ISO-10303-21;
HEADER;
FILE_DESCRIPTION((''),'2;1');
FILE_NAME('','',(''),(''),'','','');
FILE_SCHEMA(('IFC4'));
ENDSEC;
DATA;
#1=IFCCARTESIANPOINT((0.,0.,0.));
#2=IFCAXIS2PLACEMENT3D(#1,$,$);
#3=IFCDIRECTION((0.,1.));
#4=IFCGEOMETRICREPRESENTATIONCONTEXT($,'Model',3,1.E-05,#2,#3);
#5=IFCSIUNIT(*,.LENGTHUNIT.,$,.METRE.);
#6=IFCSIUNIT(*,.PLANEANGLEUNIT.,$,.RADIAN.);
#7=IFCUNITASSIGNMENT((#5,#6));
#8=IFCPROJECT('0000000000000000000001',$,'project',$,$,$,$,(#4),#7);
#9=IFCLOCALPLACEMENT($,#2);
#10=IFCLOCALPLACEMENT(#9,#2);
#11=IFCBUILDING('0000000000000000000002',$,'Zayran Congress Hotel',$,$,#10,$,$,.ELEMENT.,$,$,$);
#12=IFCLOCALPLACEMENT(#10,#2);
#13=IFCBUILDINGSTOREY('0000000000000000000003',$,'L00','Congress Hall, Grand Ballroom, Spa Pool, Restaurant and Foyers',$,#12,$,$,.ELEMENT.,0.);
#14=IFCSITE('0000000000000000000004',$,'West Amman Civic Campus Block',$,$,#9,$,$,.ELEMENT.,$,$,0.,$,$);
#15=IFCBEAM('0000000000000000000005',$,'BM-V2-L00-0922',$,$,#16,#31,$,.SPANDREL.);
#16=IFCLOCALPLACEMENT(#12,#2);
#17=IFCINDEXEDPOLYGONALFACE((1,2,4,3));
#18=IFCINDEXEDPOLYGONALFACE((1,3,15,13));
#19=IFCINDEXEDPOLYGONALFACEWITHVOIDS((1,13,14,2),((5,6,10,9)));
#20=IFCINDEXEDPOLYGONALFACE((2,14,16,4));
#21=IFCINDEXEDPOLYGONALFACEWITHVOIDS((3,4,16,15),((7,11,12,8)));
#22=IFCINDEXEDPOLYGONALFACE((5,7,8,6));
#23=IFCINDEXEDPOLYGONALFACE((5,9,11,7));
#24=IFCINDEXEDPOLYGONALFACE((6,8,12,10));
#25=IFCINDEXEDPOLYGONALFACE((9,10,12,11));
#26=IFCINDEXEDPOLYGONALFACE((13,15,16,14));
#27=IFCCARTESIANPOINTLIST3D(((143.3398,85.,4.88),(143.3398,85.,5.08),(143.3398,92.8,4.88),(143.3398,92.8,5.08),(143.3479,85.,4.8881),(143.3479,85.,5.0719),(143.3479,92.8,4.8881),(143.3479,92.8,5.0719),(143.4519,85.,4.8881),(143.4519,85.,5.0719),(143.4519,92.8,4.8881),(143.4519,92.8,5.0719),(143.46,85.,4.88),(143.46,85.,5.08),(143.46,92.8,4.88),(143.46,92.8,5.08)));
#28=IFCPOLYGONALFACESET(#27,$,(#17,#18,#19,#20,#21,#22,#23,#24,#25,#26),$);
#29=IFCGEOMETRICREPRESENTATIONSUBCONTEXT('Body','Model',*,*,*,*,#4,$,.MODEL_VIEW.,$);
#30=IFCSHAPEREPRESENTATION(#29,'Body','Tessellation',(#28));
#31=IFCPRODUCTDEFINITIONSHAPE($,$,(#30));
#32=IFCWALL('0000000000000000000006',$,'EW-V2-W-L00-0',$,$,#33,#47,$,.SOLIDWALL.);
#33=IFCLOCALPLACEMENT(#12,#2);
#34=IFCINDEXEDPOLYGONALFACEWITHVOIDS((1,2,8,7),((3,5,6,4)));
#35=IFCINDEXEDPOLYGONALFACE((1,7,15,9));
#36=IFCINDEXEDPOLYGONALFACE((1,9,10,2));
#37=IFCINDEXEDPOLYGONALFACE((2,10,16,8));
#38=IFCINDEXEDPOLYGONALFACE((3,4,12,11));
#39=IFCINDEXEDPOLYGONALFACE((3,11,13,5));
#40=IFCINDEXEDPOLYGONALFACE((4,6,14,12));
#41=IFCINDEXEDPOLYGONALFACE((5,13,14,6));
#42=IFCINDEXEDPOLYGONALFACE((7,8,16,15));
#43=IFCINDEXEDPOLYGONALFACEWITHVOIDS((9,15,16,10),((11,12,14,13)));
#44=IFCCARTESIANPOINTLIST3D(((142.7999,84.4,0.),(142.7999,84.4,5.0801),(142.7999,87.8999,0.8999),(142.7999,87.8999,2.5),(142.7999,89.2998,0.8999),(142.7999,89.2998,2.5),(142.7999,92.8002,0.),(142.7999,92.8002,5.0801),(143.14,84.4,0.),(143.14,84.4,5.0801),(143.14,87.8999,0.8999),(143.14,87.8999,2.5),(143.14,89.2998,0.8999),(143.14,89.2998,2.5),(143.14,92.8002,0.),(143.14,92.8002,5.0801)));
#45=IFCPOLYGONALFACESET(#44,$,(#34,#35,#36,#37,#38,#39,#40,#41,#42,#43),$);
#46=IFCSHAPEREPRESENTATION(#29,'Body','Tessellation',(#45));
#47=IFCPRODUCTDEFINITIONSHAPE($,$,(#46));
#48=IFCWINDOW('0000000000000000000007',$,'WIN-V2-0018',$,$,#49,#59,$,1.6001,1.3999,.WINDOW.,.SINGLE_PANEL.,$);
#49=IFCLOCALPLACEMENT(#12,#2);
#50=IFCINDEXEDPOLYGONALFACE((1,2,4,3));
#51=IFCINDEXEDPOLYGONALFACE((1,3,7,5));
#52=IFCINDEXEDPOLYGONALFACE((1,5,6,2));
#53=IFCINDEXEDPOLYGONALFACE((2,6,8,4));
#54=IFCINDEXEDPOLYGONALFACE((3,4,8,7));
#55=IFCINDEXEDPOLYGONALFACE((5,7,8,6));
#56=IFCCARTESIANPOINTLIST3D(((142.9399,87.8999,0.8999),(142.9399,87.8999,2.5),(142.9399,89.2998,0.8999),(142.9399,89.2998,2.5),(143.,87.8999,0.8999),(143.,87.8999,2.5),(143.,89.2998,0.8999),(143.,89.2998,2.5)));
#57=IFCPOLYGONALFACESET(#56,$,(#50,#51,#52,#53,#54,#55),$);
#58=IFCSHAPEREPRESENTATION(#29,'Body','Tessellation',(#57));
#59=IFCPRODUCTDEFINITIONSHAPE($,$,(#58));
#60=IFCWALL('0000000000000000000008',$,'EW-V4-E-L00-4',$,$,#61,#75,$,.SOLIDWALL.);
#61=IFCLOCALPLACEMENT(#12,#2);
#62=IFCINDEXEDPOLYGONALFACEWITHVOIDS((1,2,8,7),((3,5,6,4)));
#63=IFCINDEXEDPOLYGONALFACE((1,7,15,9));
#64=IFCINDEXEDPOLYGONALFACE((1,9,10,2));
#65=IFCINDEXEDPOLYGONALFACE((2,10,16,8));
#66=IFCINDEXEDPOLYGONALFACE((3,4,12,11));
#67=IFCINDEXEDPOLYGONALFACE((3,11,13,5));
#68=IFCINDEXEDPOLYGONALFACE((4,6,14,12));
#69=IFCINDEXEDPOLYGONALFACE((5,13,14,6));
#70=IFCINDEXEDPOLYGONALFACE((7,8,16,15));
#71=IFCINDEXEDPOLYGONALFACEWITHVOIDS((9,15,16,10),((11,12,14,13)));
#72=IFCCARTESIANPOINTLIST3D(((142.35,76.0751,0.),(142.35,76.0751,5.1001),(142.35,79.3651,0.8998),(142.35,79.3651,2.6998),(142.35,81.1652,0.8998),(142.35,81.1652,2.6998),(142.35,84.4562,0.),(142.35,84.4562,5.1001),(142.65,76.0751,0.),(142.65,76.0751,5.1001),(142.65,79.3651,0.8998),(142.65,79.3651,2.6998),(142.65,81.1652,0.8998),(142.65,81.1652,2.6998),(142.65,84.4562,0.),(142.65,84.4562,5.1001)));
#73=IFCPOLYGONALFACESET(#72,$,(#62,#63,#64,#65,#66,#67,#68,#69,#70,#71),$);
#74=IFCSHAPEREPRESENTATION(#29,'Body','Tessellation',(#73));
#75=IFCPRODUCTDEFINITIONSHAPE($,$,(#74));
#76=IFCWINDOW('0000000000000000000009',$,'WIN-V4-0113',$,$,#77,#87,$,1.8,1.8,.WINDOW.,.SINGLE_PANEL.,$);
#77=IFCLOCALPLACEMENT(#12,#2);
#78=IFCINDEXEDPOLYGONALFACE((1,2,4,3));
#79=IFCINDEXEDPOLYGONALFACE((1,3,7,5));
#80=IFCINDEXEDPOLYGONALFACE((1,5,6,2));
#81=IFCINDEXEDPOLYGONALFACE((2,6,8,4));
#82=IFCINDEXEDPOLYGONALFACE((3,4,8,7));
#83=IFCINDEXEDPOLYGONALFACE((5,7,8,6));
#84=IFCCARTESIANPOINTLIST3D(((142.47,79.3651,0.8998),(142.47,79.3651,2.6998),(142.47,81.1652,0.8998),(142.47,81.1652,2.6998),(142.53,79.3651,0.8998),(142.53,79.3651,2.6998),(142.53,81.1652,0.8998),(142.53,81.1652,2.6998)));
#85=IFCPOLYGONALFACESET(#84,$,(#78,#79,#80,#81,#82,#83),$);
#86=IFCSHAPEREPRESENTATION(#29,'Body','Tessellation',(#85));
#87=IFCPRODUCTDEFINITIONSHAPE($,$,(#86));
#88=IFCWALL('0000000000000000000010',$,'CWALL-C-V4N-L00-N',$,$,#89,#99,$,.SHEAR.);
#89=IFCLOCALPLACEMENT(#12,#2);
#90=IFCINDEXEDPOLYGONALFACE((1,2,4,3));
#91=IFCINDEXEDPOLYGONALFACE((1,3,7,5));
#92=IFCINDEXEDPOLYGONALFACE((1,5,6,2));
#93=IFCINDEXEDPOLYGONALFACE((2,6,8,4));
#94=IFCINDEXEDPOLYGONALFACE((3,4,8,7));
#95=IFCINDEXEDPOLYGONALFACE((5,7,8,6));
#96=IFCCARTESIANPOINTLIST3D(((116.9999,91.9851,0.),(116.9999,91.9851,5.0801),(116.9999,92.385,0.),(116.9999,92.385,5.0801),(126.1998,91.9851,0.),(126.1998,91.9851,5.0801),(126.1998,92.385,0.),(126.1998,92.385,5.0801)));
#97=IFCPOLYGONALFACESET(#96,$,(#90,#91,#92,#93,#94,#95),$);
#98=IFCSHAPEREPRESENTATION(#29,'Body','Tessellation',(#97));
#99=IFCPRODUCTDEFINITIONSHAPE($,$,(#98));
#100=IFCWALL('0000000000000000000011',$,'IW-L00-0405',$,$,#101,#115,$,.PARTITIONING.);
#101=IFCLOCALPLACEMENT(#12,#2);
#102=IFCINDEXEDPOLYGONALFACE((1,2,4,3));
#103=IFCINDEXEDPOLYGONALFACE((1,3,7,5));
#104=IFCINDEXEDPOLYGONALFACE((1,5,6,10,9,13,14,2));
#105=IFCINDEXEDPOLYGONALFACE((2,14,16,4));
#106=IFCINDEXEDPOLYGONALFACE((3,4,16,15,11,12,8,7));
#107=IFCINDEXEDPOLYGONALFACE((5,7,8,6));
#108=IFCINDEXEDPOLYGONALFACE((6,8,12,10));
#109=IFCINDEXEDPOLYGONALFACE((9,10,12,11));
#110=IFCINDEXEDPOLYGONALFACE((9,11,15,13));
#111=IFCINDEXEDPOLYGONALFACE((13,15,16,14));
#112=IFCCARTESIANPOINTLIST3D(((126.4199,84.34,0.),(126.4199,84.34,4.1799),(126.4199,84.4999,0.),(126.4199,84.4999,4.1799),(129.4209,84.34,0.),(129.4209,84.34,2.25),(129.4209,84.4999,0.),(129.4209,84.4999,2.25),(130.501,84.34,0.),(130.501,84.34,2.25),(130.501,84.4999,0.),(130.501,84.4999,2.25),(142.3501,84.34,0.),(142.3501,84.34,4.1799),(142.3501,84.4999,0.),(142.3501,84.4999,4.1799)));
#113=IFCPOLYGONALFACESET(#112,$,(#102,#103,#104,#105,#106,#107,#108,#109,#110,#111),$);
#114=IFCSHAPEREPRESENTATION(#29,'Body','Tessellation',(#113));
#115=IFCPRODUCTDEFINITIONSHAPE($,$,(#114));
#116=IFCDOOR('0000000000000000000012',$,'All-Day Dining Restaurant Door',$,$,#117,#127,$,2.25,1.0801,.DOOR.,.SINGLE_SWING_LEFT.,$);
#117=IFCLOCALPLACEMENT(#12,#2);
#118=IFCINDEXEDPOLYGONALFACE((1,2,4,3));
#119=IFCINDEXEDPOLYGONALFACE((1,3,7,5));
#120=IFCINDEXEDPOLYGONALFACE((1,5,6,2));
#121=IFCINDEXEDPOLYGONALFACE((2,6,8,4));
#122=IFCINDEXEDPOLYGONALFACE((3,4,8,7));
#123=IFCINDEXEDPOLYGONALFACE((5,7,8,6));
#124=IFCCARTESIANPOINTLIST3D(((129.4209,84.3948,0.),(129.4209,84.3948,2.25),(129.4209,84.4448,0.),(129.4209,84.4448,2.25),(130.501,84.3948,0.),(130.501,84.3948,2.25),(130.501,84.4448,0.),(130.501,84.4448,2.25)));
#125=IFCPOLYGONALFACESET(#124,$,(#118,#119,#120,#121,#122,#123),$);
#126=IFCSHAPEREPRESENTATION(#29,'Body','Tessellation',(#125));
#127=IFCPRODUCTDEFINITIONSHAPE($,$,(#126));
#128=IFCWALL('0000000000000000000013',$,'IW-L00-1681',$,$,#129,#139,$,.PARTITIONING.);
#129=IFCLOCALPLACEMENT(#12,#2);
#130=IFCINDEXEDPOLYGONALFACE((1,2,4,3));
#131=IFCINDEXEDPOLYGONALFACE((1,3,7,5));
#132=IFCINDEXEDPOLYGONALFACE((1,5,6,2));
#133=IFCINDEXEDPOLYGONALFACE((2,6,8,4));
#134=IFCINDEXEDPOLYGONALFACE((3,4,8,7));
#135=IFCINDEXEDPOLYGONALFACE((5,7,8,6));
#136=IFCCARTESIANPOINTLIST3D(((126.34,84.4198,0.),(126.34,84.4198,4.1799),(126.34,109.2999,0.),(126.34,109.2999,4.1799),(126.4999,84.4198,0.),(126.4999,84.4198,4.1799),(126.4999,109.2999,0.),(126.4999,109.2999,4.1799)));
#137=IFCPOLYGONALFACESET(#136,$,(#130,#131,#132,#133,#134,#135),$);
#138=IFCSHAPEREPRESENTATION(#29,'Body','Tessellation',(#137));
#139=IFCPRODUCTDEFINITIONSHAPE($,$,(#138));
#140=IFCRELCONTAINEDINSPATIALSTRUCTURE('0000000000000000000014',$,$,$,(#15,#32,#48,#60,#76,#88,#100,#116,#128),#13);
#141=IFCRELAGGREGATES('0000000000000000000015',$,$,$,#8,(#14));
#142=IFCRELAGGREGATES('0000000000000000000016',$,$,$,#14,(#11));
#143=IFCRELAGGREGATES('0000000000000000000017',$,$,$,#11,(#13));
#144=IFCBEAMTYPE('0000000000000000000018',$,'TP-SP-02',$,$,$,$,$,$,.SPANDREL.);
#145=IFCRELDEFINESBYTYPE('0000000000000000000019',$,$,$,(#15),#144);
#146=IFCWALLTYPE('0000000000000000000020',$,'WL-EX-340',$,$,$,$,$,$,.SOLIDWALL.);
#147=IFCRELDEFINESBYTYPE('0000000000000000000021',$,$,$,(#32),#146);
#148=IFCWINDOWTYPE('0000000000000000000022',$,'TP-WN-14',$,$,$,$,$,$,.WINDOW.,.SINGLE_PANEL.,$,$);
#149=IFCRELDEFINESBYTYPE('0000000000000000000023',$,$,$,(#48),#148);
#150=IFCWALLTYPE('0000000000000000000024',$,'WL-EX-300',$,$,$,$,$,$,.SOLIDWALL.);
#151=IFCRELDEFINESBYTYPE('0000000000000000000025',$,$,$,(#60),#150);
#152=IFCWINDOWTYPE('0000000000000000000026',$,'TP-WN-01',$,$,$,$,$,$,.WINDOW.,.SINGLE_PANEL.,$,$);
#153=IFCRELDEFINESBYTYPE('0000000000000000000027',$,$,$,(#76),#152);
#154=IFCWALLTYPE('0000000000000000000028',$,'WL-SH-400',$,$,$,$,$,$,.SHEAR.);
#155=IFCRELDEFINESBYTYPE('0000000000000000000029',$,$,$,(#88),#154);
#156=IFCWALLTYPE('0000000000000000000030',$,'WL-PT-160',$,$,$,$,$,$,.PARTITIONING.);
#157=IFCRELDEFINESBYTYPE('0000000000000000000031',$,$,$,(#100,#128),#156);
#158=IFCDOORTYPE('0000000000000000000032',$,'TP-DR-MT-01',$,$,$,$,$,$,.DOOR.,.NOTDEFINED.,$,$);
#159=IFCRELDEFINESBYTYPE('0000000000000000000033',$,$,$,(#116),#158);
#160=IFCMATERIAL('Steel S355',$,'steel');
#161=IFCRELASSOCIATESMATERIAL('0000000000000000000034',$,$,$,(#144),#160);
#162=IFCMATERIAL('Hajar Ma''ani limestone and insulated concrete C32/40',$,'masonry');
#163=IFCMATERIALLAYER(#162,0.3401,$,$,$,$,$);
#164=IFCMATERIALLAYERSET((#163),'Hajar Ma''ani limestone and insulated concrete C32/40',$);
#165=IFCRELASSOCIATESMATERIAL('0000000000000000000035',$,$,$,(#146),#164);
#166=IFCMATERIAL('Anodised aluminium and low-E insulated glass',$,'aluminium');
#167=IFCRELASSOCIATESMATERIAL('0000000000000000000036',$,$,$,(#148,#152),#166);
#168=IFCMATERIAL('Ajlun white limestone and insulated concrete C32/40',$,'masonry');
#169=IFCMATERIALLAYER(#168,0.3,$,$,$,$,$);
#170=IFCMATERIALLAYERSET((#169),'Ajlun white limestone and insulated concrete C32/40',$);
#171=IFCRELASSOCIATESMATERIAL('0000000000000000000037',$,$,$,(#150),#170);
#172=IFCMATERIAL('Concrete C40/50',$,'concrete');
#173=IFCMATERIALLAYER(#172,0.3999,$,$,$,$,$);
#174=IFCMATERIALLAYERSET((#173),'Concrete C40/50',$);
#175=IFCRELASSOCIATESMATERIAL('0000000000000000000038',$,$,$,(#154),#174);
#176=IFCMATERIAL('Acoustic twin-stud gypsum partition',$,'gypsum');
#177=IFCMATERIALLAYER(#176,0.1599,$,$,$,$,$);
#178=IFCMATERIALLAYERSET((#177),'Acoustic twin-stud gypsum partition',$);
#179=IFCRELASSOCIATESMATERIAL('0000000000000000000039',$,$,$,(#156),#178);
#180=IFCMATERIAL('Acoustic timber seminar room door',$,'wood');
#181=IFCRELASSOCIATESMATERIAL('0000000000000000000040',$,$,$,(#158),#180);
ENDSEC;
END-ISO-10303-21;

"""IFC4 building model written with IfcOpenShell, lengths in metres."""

from ifc_helpers import new_model, si_unit, direction, frame, frame_2d, origin, origin_2d, place, context, subcontext, project, spatial, rectangle, hollow_rectangle, extrude, material, layer, layer_set, material_profile, profile_set, type_object, element, fill, save


model = new_model("IFC4")

# Units and contexts
model_context = context("Model", 3, precision=1e-05, world=origin(), true_north=direction((0.0, 1.0)))
body_context = subcontext(model_context, "Body", "Model", "MODEL_VIEW")
ifc_project = project(units=[si_unit("LENGTHUNIT", "METRE"), si_unit("PLANEANGLEUNIT", "RADIAN")], contexts=[model_context])

# Site, building, storey
site_placement = place(None, origin())
site = spatial("IfcSite", under=ifc_project, at=site_placement, Name="West Amman Civic Campus Block", CompositionType="ELEMENT", RefElevation=0.0)
building_placement = place(site_placement, origin())
building = spatial("IfcBuilding", under=site, at=building_placement, Name="Zayran Congress Hotel", CompositionType="ELEMENT")
storey_placement = place(building_placement, origin())
storey = spatial("IfcBuildingStorey", under=building, at=storey_placement, Name="L00", Description="Congress Hall, Grand Ballroom, Spa Pool, Restaurant and Foyers", CompositionType="ELEMENT", Elevation=0.0)

# Shared definitions
ifc_material_1 = material(Name="Concrete C40/50", Category="concrete")

# Beam
ifc_material_2 = material(Name="Steel S355", Category="steel")
ifc_material_profile_1 = material_profile(ifc_material_2, hollow_rectangle(XDim=0.1201, YDim=0.2, WallThickness=0.0081, at=origin_2d()), Name="RHS 200x120x8")
ifc_profile_set_1 = profile_set([ifc_material_profile_1], Name="Steel S355")
beam_type_1 = type_object("IfcBeamType", Name="TP-SP-02", PredefinedType="SPANDREL", material=ifc_profile_set_1)
for number, where, z_axis, x_axis, name in (
    (1, (143.3999, 85.0, 4.98), (0.0, 1.0, 0.0), (-1.0, 0.0, 0.0), "BM-V2-L00-0922"),
):
    element("IfcBeam", number, at=place(storey_placement, frame(where, z_axis=z_axis, x_axis=x_axis)), inside=storey, type_object=beam_type_1, Name=name, PredefinedType="SPANDREL", context=body_context, shape_type="SweptSolid", body=[
        extrude(hollow_rectangle(XDim=0.1201, YDim=0.2, WallThickness=0.0081, at=origin_2d()), origin(), (0.0, 0.0, 1.0), 7.8),
    ])

# Walls, openings, windows
ifc_material_3 = material(Name="Hajar Ma'ani limestone and insulated concrete C32/40", Category="masonry")
ifc_layer_1 = layer(ifc_material_3, 0.3401)
ifc_layer_set_1 = layer_set([ifc_layer_1], Name="Hajar Ma'ani limestone and insulated concrete C32/40")
wall_type_1 = type_object("IfcWallType", Name="WL-EX-340", PredefinedType="SOLIDWALL", material=ifc_layer_set_1)
wall_1_placement = place(storey_placement, frame((142.97, 84.3999, 0.0), z_axis=(0.0, 0.0, 1.0), x_axis=(0.0, 1.0, 0.0)))
wall_1 = element("IfcWall", 2, at=wall_1_placement, inside=storey, type_object=wall_type_1, Name="EW-V2-W-L00-0", PredefinedType="SOLIDWALL", context=body_context, shape_type="SweptSolid", body=[
    extrude(rectangle(XDim=8.4001, YDim=0.3401, at=frame_2d((4.2002, 0.0))), origin(), (0.0, 0.0, 1.0), 5.0801),
])
opening_1_placement = place(wall_1_placement, frame((3.5, 0.0, 0.8999)))
opening_1 = element("IfcOpeningElement", 3, at=opening_1_placement, cuts=wall_1, PredefinedType="OPENING", context=body_context, shape_type="SweptSolid", body=[
    extrude(rectangle(XDim=1.3999, YDim=1.6001, at=frame_2d((0.7, 0.8))), frame((0.0, 0.1799, 0.0), z_axis=(0.0, -1.0, 0.0), x_axis=(1.0, 0.0, 0.0)), (0.0, 0.0, 1.0), 0.3601),
])
ifc_material_4 = material(Name="Anodised aluminium and low-E insulated glass", Category="aluminium")
window_type_1 = type_object("IfcWindowType", Name="TP-WN-14", PartitioningType="SINGLE_PANEL", PredefinedType="WINDOW", material=ifc_material_4)
window_1_placement = place(opening_1_placement, origin())
window_1 = element("IfcWindow", 4, at=window_1_placement, inside=storey, type_object=window_type_1, Name="WIN-V2-0018", OverallHeight=1.6001, OverallWidth=1.3999, PartitioningType="SINGLE_PANEL", PredefinedType="WINDOW", context=body_context, shape_type="SweptSolid", body=[
    extrude(rectangle(XDim=1.3999, YDim=1.6001, at=frame_2d((0.7, 0.8))), frame((0.0, 0.03, 0.0), z_axis=(0.0, -1.0, 0.0), x_axis=(1.0, 0.0, 0.0)), (0.0, 0.0, 1.0), 0.0601),
])
fill(opening_1, window_1)
ifc_material_5 = material(Name="Ajlun white limestone and insulated concrete C32/40", Category="masonry")
ifc_layer_2 = layer(ifc_material_5, 0.3)
ifc_layer_set_2 = layer_set([ifc_layer_2], Name="Ajlun white limestone and insulated concrete C32/40")
wall_type_2 = type_object("IfcWallType", Name="WL-EX-300", PredefinedType="SOLIDWALL", material=ifc_layer_set_2)
wall_2_placement = place(storey_placement, frame((142.5, 84.4561, 0.0), z_axis=(0.0, 0.0, 1.0), x_axis=(0.0, -1.0, 0.0)))
wall_2 = element("IfcWall", 5, at=wall_2_placement, inside=storey, type_object=wall_type_2, Name="EW-V4-E-L00-4", PredefinedType="SOLIDWALL", context=body_context, shape_type="SweptSolid", body=[
    extrude(rectangle(XDim=8.3811, YDim=0.3, at=frame_2d((4.1904, 0.0))), origin(), (0.0, 0.0, 1.0), 5.1001),
])
opening_2_placement = place(wall_2_placement, frame((3.291, 0.0, 0.8999)))
opening_2 = element("IfcOpeningElement", 6, at=opening_2_placement, cuts=wall_2, PredefinedType="OPENING", context=body_context, shape_type="SweptSolid", body=[
    extrude(rectangle(XDim=1.8, YDim=1.8, at=frame_2d((0.8999, 0.8999))), frame((0.0, 0.1599, 0.0), z_axis=(0.0, -1.0, 0.0), x_axis=(1.0, 0.0, 0.0)), (0.0, 0.0, 1.0), 0.3201),
])
window_type_2 = type_object("IfcWindowType", Name="TP-WN-01", PartitioningType="SINGLE_PANEL", PredefinedType="WINDOW", material=ifc_material_4)
window_2_placement = place(opening_2_placement, origin())
window_2 = element("IfcWindow", 7, at=window_2_placement, inside=storey, type_object=window_type_2, Name="WIN-V4-0113", OverallHeight=1.8, OverallWidth=1.8, PartitioningType="SINGLE_PANEL", PredefinedType="WINDOW", context=body_context, shape_type="SweptSolid", body=[
    extrude(rectangle(XDim=1.8, YDim=1.8, at=frame_2d((0.8999, 0.8999))), frame((0.0, 0.03, 0.0), z_axis=(0.0, -1.0, 0.0), x_axis=(1.0, 0.0, 0.0)), (0.0, 0.0, 1.0), 0.0601),
])
fill(opening_2, window_2)

# Wall
ifc_layer_3 = layer(ifc_material_1, 0.3999)
ifc_layer_set_3 = layer_set([ifc_layer_3], Name="Concrete C40/50")
wall_type_3 = type_object("IfcWallType", Name="WL-SH-400", PredefinedType="SHEAR", material=ifc_layer_set_3)
wall_3_placement = place(storey_placement, frame((126.2, 92.1851, 0.0), z_axis=(0.0, 0.0, 1.0), x_axis=(-1.0, 0.0, 0.0)))
element("IfcWall", 8, at=wall_3_placement, inside=storey, type_object=wall_type_3, Name="CWALL-C-V4N-L00-N", PredefinedType="SHEAR", context=body_context, shape_type="SweptSolid", body=[
    extrude(rectangle(XDim=9.2, YDim=0.3999, at=frame_2d((4.6001, 0.0))), origin(), (0.0, 0.0, 1.0), 5.0801),
])

# Wall, opening, door
ifc_material_6 = material(Name="Acoustic twin-stud gypsum partition", Category="gypsum")
ifc_layer_4 = layer(ifc_material_6, 0.1599)
ifc_layer_set_4 = layer_set([ifc_layer_4], Name="Acoustic twin-stud gypsum partition")
wall_type_4 = type_object("IfcWallType", Name="WL-PT-160", PredefinedType="PARTITIONING", material=ifc_layer_set_4)
wall_4_placement = place(storey_placement, frame((126.4199, 84.4199, 0.0), z_axis=(0.0, 0.0, 1.0), x_axis=(1.0, 0.0, 0.0)))
wall_4 = element("IfcWall", 9, at=wall_4_placement, inside=storey, type_object=wall_type_4, Name="IW-L00-0405", PredefinedType="PARTITIONING", context=body_context, shape_type="SweptSolid", body=[
    extrude(rectangle(XDim=15.9302, YDim=0.1599, at=frame_2d((7.9651, 0.0))), origin(), (0.0, 0.0, 1.0), 4.1799),
])
opening_3_placement = place(wall_4_placement, frame((3.001, 0.0, 0.0)))
opening_3 = element("IfcOpeningElement", 10, at=opening_3_placement, cuts=wall_4, PredefinedType="OPENING", context=body_context, shape_type="SweptSolid", body=[
    extrude(rectangle(XDim=1.0801, YDim=2.25, at=frame_2d((0.54, 1.125))), frame((0.0, 0.0898, 0.0), z_axis=(0.0, -1.0, 0.0), x_axis=(1.0, 0.0, 0.0)), (0.0, 0.0, 1.0), 0.1799),
])
ifc_material_7 = material(Name="Acoustic timber seminar room door", Category="wood")
door_type_1 = type_object("IfcDoorType", Name="TP-DR-MT-01", OperationType="NOTDEFINED", PredefinedType="DOOR", material=ifc_material_7)
door_1_placement = place(opening_3_placement, origin())
door_1 = element("IfcDoor", 11, at=door_1_placement, inside=storey, type_object=door_type_1, Name="All-Day Dining Restaurant Door", OperationType="SINGLE_SWING_LEFT", OverallHeight=2.25, OverallWidth=1.0801, PredefinedType="DOOR", context=body_context, shape_type="SweptSolid", body=[
    extrude(rectangle(XDim=1.0801, YDim=2.25, at=frame_2d((0.54, 1.125))), frame((0.0, 0.0249, 0.0), z_axis=(0.0, -1.0, 0.0), x_axis=(1.0, 0.0, 0.0)), (0.0, 0.0, 1.0), 0.05),
])
fill(opening_3, door_1)

# Wall
wall_5_placement = place(storey_placement, frame((126.4199, 84.4199, 0.0), z_axis=(0.0, 0.0, 1.0), x_axis=(0.0, 1.0, 0.0)))
element("IfcWall", 12, at=wall_5_placement, inside=storey, type_object=wall_type_4, Name="IW-L00-1681", PredefinedType="PARTITIONING", context=body_context, shape_type="SweptSolid", body=[
    extrude(rectangle(XDim=24.8801, YDim=0.1599, at=frame_2d((12.4399, 0.0))), origin(), (0.0, 0.0, 1.0), 4.1799),
])

save(model, "model.ifc")
